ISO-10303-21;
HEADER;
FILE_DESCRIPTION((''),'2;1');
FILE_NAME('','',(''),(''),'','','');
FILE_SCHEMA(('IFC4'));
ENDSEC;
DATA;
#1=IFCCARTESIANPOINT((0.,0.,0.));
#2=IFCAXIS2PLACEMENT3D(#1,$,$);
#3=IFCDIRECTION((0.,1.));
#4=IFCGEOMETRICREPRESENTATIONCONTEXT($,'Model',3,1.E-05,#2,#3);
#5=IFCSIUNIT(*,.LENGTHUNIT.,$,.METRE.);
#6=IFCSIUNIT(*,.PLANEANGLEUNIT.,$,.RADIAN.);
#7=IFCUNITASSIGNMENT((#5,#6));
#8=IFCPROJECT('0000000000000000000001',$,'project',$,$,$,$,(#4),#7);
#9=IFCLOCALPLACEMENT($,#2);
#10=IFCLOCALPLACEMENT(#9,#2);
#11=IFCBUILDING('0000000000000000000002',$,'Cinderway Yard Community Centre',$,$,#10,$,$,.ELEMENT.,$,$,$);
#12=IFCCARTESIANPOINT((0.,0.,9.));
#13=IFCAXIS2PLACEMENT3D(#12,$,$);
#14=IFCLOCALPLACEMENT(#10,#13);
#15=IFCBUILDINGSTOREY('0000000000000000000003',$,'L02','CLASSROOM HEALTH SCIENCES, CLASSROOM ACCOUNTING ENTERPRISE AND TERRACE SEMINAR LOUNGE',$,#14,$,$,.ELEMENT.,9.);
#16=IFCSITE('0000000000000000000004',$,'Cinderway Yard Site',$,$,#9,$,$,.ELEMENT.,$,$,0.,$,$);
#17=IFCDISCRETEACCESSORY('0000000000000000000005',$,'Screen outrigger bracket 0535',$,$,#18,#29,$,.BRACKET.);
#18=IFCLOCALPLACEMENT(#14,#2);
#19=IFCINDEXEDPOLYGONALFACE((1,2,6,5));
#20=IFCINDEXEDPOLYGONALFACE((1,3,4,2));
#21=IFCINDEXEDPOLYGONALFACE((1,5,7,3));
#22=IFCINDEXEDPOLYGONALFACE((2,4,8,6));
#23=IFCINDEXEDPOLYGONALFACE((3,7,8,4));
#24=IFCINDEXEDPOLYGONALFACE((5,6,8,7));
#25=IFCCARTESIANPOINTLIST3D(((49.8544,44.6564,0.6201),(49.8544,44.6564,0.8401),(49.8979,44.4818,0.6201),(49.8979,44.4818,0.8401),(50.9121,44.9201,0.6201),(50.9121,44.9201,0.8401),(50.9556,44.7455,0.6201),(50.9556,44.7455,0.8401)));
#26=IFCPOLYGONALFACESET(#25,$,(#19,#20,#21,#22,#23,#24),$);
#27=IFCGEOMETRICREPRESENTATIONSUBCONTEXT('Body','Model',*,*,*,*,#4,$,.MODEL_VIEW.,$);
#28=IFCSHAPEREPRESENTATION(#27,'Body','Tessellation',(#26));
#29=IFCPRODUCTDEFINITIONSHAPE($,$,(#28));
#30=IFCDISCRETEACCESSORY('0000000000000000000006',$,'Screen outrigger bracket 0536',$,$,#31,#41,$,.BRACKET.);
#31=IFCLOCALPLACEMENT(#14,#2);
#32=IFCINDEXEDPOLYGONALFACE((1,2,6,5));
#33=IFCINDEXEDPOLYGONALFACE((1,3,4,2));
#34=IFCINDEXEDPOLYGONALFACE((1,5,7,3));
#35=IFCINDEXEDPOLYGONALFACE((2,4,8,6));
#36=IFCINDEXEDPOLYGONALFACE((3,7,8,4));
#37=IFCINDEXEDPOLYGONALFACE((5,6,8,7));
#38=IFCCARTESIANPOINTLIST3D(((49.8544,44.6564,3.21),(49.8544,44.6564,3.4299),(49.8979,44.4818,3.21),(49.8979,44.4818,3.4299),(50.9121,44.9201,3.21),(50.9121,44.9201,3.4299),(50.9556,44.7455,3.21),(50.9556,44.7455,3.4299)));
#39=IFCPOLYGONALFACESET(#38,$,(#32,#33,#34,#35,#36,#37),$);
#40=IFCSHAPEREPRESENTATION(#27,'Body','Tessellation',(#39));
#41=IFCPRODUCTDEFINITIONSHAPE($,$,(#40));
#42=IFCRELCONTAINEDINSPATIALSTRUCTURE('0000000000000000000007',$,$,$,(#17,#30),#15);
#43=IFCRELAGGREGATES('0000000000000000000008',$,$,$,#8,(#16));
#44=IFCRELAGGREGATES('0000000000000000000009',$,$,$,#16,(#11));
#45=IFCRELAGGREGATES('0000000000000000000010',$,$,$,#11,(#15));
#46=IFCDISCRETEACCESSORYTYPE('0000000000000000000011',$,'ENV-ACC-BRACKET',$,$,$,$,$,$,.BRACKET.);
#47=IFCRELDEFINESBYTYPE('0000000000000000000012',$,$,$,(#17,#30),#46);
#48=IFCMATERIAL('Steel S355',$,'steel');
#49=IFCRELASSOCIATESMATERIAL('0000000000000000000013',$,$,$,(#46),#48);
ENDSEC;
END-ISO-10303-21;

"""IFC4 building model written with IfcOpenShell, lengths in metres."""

from ifc_helpers import new_model, si_unit, direction, frame, origin, origin_2d, place, context, subcontext, project, spatial, rectangle, extrude, material, type_object, element, save


model = new_model("IFC4")

# Units and contexts
model_context = context("Model", 3, precision=1e-05, world=origin(), true_north=direction((0.0, 1.0)))
body_context = subcontext(model_context, "Body", "Model", "MODEL_VIEW")
ifc_project = project(units=[si_unit("LENGTHUNIT", "METRE"), si_unit("PLANEANGLEUNIT", "RADIAN")], contexts=[model_context])

# Site, building, storey
site_placement = place(None, origin())
site = spatial("IfcSite", under=ifc_project, at=site_placement, Name="Cinderway Yard Site", CompositionType="ELEMENT", RefElevation=0.0)
building_placement = place(site_placement, origin())
building = spatial("IfcBuilding", under=site, at=building_placement, Name="Cinderway Yard Community Centre", CompositionType="ELEMENT")
storey_placement = place(building_placement, frame((0.0, 0.0, 9.0)))
storey = spatial("IfcBuildingStorey", under=building, at=storey_placement, Name="L02", Description="CLASSROOM HEALTH SCIENCES, CLASSROOM ACCOUNTING ENTERPRISE AND TERRACE SEMINAR LOUNGE", CompositionType="ELEMENT", Elevation=9.0)

# Shared definitions
ifc_material_1 = material(Name="Steel S355", Category="steel")

# Discrete accessories
discrete_accessory_type = type_object("IfcDiscreteAccessoryType", Name="ENV-ACC-BRACKET", PredefinedType="BRACKET", material=ifc_material_1)
for number, where, z_axis, x_axis, name in (
    (1, (50.405, 44.7009, 0.6201), (0.0, 0.0, 1.0), (0.970296, 0.241922, 0.0), "Screen outrigger bracket 0535"),
    (2, (50.405, 44.7009, 3.21), (0.0, 0.0, 1.0), (0.970296, 0.241922, 0.0), "Screen outrigger bracket 0536"),
):
    element("IfcDiscreteAccessory", number, at=place(storey_placement, frame(where, z_axis=z_axis, x_axis=x_axis)), inside=storey, type_object=discrete_accessory_type, Name=name, PredefinedType="BRACKET", context=body_context, shape_type="SweptSolid", body=[
        extrude(rectangle(XDim=1.0901, YDim=0.1799, at=origin_2d()), origin(), (0.0, 0.0, 1.0), 0.22),
    ])

save(model, "model.ifc")
